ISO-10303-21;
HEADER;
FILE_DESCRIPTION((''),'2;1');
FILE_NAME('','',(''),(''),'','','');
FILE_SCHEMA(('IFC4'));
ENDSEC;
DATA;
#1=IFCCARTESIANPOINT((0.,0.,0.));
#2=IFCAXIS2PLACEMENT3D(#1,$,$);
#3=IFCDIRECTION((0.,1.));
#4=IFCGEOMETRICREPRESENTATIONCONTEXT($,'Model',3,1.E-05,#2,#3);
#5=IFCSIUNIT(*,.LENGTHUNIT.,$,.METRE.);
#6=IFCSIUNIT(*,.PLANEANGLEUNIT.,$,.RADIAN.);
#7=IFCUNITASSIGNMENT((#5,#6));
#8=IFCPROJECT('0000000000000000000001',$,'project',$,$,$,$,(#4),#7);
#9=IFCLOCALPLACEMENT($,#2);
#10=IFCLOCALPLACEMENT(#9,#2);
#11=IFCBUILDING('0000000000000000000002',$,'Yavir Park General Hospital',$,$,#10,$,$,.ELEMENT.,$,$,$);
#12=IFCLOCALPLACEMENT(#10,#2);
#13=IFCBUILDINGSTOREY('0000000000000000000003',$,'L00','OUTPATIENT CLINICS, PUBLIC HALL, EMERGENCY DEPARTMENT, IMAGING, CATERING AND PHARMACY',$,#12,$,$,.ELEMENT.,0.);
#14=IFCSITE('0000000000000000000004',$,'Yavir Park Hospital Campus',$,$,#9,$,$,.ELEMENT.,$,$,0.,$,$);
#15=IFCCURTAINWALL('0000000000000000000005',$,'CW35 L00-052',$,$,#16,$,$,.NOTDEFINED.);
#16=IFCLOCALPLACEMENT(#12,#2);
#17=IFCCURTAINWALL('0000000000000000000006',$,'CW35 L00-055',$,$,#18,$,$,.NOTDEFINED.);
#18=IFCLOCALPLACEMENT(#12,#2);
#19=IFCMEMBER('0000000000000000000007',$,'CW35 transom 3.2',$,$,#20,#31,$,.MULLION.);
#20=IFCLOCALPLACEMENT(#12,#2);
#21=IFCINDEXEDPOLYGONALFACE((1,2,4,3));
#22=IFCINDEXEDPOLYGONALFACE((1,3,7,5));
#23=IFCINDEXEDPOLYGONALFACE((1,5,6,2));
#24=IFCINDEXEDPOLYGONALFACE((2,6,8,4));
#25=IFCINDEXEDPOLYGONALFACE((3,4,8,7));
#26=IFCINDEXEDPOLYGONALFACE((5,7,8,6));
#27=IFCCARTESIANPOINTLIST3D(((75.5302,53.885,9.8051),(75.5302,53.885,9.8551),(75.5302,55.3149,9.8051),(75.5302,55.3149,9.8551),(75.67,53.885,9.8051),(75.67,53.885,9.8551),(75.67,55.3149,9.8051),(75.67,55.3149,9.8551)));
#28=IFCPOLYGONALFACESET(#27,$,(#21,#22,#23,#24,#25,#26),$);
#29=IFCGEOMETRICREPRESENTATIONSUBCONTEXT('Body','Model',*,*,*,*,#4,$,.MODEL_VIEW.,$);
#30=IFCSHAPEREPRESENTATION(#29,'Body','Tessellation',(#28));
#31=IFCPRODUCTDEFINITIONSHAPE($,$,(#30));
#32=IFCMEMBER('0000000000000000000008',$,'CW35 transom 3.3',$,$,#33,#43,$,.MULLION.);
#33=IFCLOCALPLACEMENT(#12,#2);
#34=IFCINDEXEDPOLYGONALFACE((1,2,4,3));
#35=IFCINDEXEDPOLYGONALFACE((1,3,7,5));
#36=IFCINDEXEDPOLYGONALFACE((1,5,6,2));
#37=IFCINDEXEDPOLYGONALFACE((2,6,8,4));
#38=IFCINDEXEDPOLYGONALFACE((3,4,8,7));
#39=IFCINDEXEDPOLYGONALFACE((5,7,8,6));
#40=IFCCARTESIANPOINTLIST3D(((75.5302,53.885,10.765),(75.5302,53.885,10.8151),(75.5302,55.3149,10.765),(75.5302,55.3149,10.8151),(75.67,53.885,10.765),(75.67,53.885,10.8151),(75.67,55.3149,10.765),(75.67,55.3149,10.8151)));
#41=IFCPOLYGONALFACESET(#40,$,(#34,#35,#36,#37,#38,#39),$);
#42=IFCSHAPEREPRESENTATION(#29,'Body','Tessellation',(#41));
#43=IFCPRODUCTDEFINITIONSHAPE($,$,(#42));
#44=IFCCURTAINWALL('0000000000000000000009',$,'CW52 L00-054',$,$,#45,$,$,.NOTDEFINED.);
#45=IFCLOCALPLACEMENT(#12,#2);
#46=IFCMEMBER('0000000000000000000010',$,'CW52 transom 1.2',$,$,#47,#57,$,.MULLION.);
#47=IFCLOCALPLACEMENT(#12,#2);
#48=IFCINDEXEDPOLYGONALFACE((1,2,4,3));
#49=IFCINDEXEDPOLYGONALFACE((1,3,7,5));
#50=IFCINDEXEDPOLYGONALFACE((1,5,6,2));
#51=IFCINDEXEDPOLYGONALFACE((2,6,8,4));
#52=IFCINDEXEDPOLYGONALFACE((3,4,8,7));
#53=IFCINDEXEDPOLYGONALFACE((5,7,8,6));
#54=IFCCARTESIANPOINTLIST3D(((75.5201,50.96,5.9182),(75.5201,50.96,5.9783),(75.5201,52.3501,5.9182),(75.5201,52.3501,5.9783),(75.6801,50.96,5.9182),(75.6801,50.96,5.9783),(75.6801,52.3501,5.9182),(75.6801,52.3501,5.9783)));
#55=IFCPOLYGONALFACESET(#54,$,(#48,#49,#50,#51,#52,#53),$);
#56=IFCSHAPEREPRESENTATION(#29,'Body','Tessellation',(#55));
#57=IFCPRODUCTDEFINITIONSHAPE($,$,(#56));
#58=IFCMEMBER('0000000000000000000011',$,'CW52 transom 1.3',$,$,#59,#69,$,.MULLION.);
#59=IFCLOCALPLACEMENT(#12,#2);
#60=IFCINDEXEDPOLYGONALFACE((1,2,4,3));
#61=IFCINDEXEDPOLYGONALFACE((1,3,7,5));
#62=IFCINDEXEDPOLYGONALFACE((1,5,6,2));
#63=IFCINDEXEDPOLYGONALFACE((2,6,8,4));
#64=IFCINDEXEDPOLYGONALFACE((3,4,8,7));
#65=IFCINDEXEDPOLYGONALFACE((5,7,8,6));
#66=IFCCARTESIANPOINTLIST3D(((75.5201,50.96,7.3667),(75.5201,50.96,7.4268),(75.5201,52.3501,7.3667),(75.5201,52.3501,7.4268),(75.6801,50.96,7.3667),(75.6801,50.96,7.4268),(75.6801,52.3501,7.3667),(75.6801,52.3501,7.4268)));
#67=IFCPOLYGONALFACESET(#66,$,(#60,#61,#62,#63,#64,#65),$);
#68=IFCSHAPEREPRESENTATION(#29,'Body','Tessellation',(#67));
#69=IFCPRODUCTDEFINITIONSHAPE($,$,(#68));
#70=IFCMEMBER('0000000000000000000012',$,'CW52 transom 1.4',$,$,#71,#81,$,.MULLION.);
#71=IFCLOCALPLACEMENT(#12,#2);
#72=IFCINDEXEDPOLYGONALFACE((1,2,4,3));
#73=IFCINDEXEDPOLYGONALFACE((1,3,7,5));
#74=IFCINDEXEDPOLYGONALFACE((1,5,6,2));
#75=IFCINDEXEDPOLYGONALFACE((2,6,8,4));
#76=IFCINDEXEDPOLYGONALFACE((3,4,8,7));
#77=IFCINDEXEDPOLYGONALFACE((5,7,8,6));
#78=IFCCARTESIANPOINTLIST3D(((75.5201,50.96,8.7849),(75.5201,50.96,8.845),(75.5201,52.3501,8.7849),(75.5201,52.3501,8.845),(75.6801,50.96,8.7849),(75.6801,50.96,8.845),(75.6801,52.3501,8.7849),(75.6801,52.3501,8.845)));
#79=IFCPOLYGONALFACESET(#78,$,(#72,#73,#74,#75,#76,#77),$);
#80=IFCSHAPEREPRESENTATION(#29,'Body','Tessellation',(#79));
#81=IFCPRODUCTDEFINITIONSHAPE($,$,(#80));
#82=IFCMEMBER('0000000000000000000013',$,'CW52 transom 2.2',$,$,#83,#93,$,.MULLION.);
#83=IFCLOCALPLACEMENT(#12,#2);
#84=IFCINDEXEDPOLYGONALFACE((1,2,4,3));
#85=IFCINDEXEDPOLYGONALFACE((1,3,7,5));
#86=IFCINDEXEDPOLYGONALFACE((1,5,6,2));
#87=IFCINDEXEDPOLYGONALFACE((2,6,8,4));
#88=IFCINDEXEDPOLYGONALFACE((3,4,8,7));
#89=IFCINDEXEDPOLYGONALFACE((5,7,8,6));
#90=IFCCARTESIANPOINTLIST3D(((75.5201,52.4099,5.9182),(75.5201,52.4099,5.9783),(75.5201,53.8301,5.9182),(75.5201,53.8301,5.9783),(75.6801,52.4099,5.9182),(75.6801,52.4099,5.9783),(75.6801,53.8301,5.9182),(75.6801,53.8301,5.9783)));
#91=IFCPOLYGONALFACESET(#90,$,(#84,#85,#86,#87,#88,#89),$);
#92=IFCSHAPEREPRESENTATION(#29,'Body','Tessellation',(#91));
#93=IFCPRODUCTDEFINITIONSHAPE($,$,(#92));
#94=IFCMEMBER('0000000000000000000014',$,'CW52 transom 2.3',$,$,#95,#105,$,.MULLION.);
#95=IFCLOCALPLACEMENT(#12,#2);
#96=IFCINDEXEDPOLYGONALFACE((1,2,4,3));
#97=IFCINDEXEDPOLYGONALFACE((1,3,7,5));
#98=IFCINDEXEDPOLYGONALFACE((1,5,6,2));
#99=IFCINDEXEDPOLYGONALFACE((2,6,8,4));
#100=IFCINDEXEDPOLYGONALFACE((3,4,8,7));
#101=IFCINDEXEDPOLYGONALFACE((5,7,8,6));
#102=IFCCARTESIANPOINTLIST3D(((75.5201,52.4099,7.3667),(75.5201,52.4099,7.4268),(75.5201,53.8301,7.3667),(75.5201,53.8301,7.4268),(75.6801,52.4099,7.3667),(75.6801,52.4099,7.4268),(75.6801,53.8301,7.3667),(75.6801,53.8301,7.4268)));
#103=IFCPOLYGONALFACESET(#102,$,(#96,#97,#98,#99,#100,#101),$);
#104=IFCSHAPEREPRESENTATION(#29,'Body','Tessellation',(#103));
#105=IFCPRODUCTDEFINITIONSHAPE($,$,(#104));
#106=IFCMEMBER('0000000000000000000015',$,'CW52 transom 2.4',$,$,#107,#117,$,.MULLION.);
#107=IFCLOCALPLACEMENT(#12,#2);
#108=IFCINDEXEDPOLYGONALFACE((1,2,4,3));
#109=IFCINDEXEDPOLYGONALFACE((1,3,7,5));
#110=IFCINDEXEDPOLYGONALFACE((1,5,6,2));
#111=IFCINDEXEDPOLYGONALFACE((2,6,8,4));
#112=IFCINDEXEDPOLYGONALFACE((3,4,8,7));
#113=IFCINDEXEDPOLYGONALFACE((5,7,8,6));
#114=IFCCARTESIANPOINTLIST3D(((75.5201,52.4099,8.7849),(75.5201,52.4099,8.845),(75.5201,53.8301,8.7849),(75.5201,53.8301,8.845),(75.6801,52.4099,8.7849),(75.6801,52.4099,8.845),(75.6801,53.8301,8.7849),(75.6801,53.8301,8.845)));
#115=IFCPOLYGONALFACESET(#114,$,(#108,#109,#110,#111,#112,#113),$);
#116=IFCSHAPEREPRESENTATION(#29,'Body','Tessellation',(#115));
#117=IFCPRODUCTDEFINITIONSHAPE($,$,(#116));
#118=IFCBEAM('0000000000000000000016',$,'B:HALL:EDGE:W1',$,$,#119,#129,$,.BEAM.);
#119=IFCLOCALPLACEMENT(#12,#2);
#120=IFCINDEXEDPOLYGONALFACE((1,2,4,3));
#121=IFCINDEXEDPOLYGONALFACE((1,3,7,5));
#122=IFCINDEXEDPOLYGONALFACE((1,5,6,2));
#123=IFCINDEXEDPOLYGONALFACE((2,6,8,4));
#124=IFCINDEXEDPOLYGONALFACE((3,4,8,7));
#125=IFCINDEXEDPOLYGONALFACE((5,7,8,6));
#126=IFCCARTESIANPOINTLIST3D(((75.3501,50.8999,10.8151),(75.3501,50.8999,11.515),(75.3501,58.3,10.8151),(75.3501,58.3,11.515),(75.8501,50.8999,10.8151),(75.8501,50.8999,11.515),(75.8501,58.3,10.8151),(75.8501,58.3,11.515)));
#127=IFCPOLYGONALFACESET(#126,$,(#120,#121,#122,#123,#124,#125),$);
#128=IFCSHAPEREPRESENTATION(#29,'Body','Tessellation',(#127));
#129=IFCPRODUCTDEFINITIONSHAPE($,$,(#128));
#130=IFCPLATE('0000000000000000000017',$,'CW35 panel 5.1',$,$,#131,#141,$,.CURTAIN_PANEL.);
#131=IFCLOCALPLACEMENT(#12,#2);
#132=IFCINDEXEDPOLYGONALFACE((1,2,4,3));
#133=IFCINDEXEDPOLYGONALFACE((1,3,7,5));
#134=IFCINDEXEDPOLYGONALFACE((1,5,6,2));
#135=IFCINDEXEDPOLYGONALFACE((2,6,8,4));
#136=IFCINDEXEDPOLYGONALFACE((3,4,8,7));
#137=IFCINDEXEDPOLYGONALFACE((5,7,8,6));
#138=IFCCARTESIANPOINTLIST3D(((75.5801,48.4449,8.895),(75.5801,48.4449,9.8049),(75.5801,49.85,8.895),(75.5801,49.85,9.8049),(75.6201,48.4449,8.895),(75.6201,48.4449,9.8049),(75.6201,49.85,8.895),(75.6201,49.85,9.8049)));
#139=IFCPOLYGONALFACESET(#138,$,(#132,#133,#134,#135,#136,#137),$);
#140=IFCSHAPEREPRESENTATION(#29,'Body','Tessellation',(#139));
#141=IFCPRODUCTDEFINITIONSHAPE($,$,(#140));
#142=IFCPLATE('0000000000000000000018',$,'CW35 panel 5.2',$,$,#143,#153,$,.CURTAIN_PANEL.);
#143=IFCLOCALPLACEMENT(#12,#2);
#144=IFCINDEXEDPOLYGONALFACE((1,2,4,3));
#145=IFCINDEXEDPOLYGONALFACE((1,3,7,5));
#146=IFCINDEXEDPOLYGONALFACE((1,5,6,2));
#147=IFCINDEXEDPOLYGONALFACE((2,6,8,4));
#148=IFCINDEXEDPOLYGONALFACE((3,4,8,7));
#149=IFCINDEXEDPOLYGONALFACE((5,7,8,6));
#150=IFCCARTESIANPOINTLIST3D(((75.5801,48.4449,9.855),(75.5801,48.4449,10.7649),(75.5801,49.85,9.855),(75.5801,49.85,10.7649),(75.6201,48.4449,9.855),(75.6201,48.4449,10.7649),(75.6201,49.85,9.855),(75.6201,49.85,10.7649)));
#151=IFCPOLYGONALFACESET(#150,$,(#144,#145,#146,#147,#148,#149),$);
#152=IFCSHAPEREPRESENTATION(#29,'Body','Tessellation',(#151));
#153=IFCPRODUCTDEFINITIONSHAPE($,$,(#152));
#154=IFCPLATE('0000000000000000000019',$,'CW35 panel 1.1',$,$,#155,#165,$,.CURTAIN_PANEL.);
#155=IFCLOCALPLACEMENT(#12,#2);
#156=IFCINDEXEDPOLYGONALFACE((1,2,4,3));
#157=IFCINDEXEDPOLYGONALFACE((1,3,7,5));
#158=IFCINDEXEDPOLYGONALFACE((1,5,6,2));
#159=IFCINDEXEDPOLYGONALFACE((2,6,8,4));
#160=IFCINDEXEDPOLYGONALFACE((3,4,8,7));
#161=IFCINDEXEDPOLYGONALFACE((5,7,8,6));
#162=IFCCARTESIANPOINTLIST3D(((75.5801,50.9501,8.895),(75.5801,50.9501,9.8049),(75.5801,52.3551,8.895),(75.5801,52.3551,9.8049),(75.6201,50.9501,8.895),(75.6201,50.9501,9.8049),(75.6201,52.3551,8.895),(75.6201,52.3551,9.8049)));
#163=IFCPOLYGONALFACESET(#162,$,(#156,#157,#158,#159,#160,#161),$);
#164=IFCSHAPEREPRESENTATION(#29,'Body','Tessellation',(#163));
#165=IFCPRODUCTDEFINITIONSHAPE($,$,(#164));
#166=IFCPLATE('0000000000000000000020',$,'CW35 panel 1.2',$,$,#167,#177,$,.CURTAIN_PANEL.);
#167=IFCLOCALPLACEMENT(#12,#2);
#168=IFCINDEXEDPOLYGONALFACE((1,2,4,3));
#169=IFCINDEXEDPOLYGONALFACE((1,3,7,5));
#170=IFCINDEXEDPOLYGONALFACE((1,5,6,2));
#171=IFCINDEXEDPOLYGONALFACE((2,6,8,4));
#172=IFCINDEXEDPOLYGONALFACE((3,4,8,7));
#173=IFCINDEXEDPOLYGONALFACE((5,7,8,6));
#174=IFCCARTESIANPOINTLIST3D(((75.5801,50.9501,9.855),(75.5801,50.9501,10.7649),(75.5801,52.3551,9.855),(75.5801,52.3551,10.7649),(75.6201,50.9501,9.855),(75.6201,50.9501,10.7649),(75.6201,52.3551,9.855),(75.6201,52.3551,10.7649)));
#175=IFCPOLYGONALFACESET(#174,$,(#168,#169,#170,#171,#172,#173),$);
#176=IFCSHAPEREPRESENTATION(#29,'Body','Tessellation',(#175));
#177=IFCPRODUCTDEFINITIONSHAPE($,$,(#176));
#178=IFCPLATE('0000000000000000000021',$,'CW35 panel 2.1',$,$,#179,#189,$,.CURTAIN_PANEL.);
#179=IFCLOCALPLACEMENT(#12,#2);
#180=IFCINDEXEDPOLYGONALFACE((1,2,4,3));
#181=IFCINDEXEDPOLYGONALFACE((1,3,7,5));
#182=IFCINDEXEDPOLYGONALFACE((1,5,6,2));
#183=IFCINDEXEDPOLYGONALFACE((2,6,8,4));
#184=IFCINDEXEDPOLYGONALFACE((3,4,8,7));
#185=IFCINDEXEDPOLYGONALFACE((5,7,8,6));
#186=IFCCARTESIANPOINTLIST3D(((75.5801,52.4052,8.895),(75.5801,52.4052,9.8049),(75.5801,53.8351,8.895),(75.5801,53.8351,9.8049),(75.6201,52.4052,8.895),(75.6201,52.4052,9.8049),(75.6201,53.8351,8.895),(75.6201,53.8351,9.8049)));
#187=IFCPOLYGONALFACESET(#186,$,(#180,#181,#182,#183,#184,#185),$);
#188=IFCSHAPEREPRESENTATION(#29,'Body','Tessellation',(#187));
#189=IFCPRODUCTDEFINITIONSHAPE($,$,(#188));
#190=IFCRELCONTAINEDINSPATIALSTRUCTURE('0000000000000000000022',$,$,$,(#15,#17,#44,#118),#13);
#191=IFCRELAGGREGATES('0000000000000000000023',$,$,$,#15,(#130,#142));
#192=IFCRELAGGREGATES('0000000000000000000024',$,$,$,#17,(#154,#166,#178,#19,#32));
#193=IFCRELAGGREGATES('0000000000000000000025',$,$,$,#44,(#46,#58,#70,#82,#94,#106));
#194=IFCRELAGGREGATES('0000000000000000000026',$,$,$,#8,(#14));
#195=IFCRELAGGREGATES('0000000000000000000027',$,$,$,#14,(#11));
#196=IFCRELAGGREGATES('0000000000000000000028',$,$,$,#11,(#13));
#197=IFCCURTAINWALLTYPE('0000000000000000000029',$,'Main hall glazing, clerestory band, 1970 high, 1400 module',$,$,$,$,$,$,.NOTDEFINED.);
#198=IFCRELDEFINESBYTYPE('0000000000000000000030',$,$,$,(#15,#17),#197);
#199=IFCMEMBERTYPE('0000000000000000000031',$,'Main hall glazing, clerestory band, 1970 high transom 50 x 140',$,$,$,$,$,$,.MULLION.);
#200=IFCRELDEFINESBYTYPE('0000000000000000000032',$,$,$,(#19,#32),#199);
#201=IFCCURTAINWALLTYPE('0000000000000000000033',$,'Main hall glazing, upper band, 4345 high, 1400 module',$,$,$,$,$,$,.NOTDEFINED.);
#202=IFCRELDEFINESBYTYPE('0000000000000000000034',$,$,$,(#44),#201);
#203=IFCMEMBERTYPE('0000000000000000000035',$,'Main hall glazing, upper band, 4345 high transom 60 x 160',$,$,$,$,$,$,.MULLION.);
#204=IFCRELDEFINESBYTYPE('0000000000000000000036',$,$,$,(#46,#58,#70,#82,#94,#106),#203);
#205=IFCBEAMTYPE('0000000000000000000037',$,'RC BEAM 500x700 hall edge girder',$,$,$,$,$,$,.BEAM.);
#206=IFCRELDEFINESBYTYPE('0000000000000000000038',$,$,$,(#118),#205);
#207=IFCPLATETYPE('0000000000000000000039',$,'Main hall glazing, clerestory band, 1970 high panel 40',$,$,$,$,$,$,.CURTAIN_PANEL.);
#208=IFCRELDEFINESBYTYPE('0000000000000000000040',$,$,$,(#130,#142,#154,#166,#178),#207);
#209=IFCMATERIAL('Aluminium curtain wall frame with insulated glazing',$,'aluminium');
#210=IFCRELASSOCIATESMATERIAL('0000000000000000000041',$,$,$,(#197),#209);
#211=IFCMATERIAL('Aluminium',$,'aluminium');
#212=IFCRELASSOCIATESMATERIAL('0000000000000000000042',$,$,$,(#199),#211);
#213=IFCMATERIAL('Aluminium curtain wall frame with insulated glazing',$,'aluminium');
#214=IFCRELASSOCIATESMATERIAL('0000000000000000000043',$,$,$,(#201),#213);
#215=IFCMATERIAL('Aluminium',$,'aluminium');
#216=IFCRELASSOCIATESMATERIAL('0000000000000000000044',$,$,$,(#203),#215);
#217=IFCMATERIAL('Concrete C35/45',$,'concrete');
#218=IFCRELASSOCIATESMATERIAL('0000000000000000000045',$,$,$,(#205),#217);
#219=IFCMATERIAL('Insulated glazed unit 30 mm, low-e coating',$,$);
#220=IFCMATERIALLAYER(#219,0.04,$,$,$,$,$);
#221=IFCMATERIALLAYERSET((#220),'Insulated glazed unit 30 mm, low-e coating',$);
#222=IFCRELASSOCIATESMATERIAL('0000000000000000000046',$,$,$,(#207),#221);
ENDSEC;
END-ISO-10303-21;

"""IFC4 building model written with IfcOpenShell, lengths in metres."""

from ifc_helpers import new_model, si_unit, direction, frame, origin, origin_2d, place, context, subcontext, project, spatial, rectangle, extrude, material, layer, layer_set, material_profile, profile_set, type_object, element, aggregate, save


model = new_model("IFC4")

# Units and contexts
model_context = context("Model", 3, precision=1e-05, world=origin(), true_north=direction((0.0, 1.0)))
body_context = subcontext(model_context, "Body", "Model", "MODEL_VIEW")
ifc_project = project(units=[si_unit("LENGTHUNIT", "METRE"), si_unit("PLANEANGLEUNIT", "RADIAN")], contexts=[model_context])

# Site, building, storey
site_placement = place(None, origin())
site = spatial("IfcSite", under=ifc_project, at=site_placement, Name="Yavir Park Hospital Campus", CompositionType="ELEMENT", RefElevation=0.0)
building_placement = place(site_placement, origin())
building = spatial("IfcBuilding", under=site, at=building_placement, Name="Yavir Park General Hospital", CompositionType="ELEMENT")
storey_placement = place(building_placement, origin())
storey = spatial("IfcBuildingStorey", under=building, at=storey_placement, Name="L00", Description="OUTPATIENT CLINICS, PUBLIC HALL, EMERGENCY DEPARTMENT, IMAGING, CATERING AND PHARMACY", CompositionType="ELEMENT", Elevation=0.0)

# Curtain wall
ifc_material_1 = material(Name="Aluminium curtain wall frame with insulated glazing", Category="aluminium")
curtain_wall_type_1 = type_object("IfcCurtainWallType", Name="Main hall glazing, clerestory band, 1970 high, 1400 module", PredefinedType="NOTDEFINED", material=ifc_material_1)
curtain_wall_1_placement = place(storey_placement, origin())
curtain_wall_1 = element("IfcCurtainWall", 1, at=curtain_wall_1_placement, inside=storey, type_object=curtain_wall_type_1, Name="CW35 L00-052", PredefinedType="NOTDEFINED")

# Curtain walls, members
curtain_wall_2_placement = place(storey_placement, origin())
curtain_wall_2 = element("IfcCurtainWall", 2, at=curtain_wall_2_placement, inside=storey, type_object=curtain_wall_type_1, Name="CW35 L00-055", PredefinedType="NOTDEFINED")
ifc_material_2 = material(Name="Aluminium", Category="aluminium")
ifc_material_profile_1 = material_profile(ifc_material_2, rectangle(XDim=0.1399, YDim=0.05, at=origin_2d()), Name="AL 140x50")
ifc_profile_set_1 = profile_set([ifc_material_profile_1], Name="Aluminium")
member_type_1 = type_object("IfcMemberType", Name="Main hall glazing, clerestory band, 1970 high transom 50 x 140", PredefinedType="MULLION", material=ifc_profile_set_1)
member_1_placement = place(storey_placement, frame((75.6001, 53.885, 9.8301), z_axis=(0.0, 1.0, 0.0), x_axis=(-1.0, 0.0, 0.0)))
member_1 = element("IfcMember", 3, at=member_1_placement, type_object=member_type_1, Name="CW35 transom 3.2", PredefinedType="MULLION", context=body_context, shape_type="SweptSolid", body=[
    extrude(rectangle(XDim=0.1399, YDim=0.05, at=origin_2d()), origin(), (0.0, 0.0, 1.0), 1.4299),
])
member_2_placement = place(storey_placement, frame((75.6001, 53.885, 10.79), z_axis=(0.0, 1.0, 0.0), x_axis=(-1.0, 0.0, 0.0)))
member_2 = element("IfcMember", 4, at=member_2_placement, type_object=member_type_1, Name="CW35 transom 3.3", PredefinedType="MULLION", context=body_context, shape_type="SweptSolid", body=[
    extrude(rectangle(XDim=0.1399, YDim=0.05, at=origin_2d()), origin(), (0.0, 0.0, 1.0), 1.4299),
])
ifc_material_3 = material(Name="Aluminium curtain wall frame with insulated glazing", Category="aluminium")
curtain_wall_type_2 = type_object("IfcCurtainWallType", Name="Main hall glazing, upper band, 4345 high, 1400 module", PredefinedType="NOTDEFINED", material=ifc_material_3)
curtain_wall_3_placement = place(storey_placement, origin())
curtain_wall_3 = element("IfcCurtainWall", 5, at=curtain_wall_3_placement, inside=storey, type_object=curtain_wall_type_2, Name="CW52 L00-054", PredefinedType="NOTDEFINED")
ifc_material_4 = material(Name="Aluminium", Category="aluminium")
ifc_material_profile_2 = material_profile(ifc_material_4, rectangle(XDim=0.1599, YDim=0.0601, at=origin_2d()), Name="AL 160x60")
ifc_profile_set_2 = profile_set([ifc_material_profile_2], Name="Aluminium")
member_type_2 = type_object("IfcMemberType", Name="Main hall glazing, upper band, 4345 high transom 60 x 160", PredefinedType="MULLION", material=ifc_profile_set_2)
member_3_placement = place(storey_placement, frame((75.6001, 50.96, 5.9482), z_axis=(0.0, 1.0, 0.0), x_axis=(-1.0, 0.0, 0.0)))
member_3 = element("IfcMember", 6, at=member_3_placement, type_object=member_type_2, Name="CW52 transom 1.2", PredefinedType="MULLION", context=body_context, shape_type="SweptSolid", body=[
    extrude(rectangle(XDim=0.1599, YDim=0.0601, at=origin_2d()), origin(), (0.0, 0.0, 1.0), 1.3901),
])
member_4_placement = place(storey_placement, frame((75.6001, 50.96, 7.3967), z_axis=(0.0, 1.0, 0.0), x_axis=(-1.0, 0.0, 0.0)))
member_4 = element("IfcMember", 7, at=member_4_placement, type_object=member_type_2, Name="CW52 transom 1.3", PredefinedType="MULLION", context=body_context, shape_type="SweptSolid", body=[
    extrude(rectangle(XDim=0.1599, YDim=0.0601, at=origin_2d()), origin(), (0.0, 0.0, 1.0), 1.3901),
])
member_5_placement = place(storey_placement, frame((75.6001, 50.96, 8.8149), z_axis=(0.0, 1.0, 0.0), x_axis=(-1.0, 0.0, 0.0)))
member_5 = element("IfcMember", 8, at=member_5_placement, type_object=member_type_2, Name="CW52 transom 1.4", PredefinedType="MULLION", context=body_context, shape_type="SweptSolid", body=[
    extrude(rectangle(XDim=0.1599, YDim=0.0601, at=origin_2d()), origin(), (0.0, 0.0, 1.0), 1.3901),
])
member_6_placement = place(storey_placement, frame((75.6001, 52.4099, 5.9482), z_axis=(0.0, 1.0, 0.0), x_axis=(-1.0, 0.0, 0.0)))
member_6 = element("IfcMember", 9, at=member_6_placement, type_object=member_type_2, Name="CW52 transom 2.2", PredefinedType="MULLION", context=body_context, shape_type="SweptSolid", body=[
    extrude(rectangle(XDim=0.1599, YDim=0.0601, at=origin_2d()), origin(), (0.0, 0.0, 1.0), 1.4202),
])
member_7_placement = place(storey_placement, frame((75.6001, 52.4099, 7.3967), z_axis=(0.0, 1.0, 0.0), x_axis=(-1.0, 0.0, 0.0)))
member_7 = element("IfcMember", 10, at=member_7_placement, type_object=member_type_2, Name="CW52 transom 2.3", PredefinedType="MULLION", context=body_context, shape_type="SweptSolid", body=[
    extrude(rectangle(XDim=0.1599, YDim=0.0601, at=origin_2d()), origin(), (0.0, 0.0, 1.0), 1.4202),
])
member_8_placement = place(storey_placement, frame((75.6001, 52.4099, 8.8149), z_axis=(0.0, 1.0, 0.0), x_axis=(-1.0, 0.0, 0.0)))
member_8 = element("IfcMember", 11, at=member_8_placement, type_object=member_type_2, Name="CW52 transom 2.4", PredefinedType="MULLION", context=body_context, shape_type="SweptSolid", body=[
    extrude(rectangle(XDim=0.1599, YDim=0.0601, at=origin_2d()), origin(), (0.0, 0.0, 1.0), 1.4202),
])

# Beam
ifc_material_5 = material(Name="Concrete C35/45", Category="concrete")
ifc_material_profile_3 = material_profile(ifc_material_5, rectangle(XDim=0.5, YDim=0.7, at=origin_2d()), Name="RC500x700")
ifc_profile_set_3 = profile_set([ifc_material_profile_3], Name="Concrete C35/45")
beam_type_1 = type_object("IfcBeamType", Name="RC BEAM 500x700 hall edge girder", PredefinedType="BEAM", material=ifc_profile_set_3)
beam_1_placement = place(storey_placement, frame((75.6001, 50.8999, 11.165), z_axis=(0.0, 1.0, 0.0), x_axis=(-1.0, 0.0, 0.0)))
element("IfcBeam", 12, at=beam_1_placement, inside=storey, type_object=beam_type_1, Name="B:HALL:EDGE:W1", PredefinedType="BEAM", context=body_context, shape_type="SweptSolid", body=[
    extrude(rectangle(XDim=0.5, YDim=0.7, at=origin_2d()), origin(), (0.0, 0.0, 1.0), 7.4001),
])

# Plates
ifc_material_6 = material(Name="Insulated glazed unit 30 mm, low-e coating")
ifc_layer_1 = layer(ifc_material_6, 0.04)
ifc_layer_set_1 = layer_set([ifc_layer_1], Name="Insulated glazed unit 30 mm, low-e coating")
plate_type_1 = type_object("IfcPlateType", Name="Main hall glazing, clerestory band, 1970 high panel 40", PredefinedType="CURTAIN_PANEL", material=ifc_layer_set_1)
plate_1_placement = place(storey_placement, frame((75.6001, 49.1475, 8.895), z_axis=(0.0, 0.0, 1.0), x_axis=(0.0, 1.0, 0.0)))
plate_1 = element("IfcPlate", 13, at=plate_1_placement, type_object=plate_type_1, Name="CW35 panel 5.1", PredefinedType="CURTAIN_PANEL", context=body_context, shape_type="SweptSolid", body=[
    extrude(rectangle(XDim=1.405, YDim=0.04, at=origin_2d()), origin(), (0.0, 0.0, 1.0), 0.9099),
])
plate_2_placement = place(storey_placement, frame((75.6001, 49.1475, 9.855), z_axis=(0.0, 0.0, 1.0), x_axis=(0.0, 1.0, 0.0)))
plate_2 = element("IfcPlate", 14, at=plate_2_placement, type_object=plate_type_1, Name="CW35 panel 5.2", PredefinedType="CURTAIN_PANEL", context=body_context, shape_type="SweptSolid", body=[
    extrude(rectangle(XDim=1.405, YDim=0.04, at=origin_2d()), origin(), (0.0, 0.0, 1.0), 0.9099),
])
aggregate(curtain_wall_1, [plate_1, plate_2])
plate_3_placement = place(storey_placement, frame((75.6001, 51.6526, 8.895), z_axis=(0.0, 0.0, 1.0), x_axis=(0.0, 1.0, 0.0)))
plate_3 = element("IfcPlate", 15, at=plate_3_placement, type_object=plate_type_1, Name="CW35 panel 1.1", PredefinedType="CURTAIN_PANEL", context=body_context, shape_type="SweptSolid", body=[
    extrude(rectangle(XDim=1.405, YDim=0.04, at=origin_2d()), origin(), (0.0, 0.0, 1.0), 0.9099),
])
plate_4_placement = place(storey_placement, frame((75.6001, 51.6526, 9.855), z_axis=(0.0, 0.0, 1.0), x_axis=(0.0, 1.0, 0.0)))
plate_4 = element("IfcPlate", 16, at=plate_4_placement, type_object=plate_type_1, Name="CW35 panel 1.2", PredefinedType="CURTAIN_PANEL", context=body_context, shape_type="SweptSolid", body=[
    extrude(rectangle(XDim=1.405, YDim=0.04, at=origin_2d()), origin(), (0.0, 0.0, 1.0), 0.9099),
])
plate_5_placement = place(storey_placement, frame((75.6001, 53.1201, 8.895), z_axis=(0.0, 0.0, 1.0), x_axis=(0.0, 1.0, 0.0)))
plate_5 = element("IfcPlate", 17, at=plate_5_placement, type_object=plate_type_1, Name="CW35 panel 2.1", PredefinedType="CURTAIN_PANEL", context=body_context, shape_type="SweptSolid", body=[
    extrude(rectangle(XDim=1.4299, YDim=0.04, at=origin_2d()), origin(), (0.0, 0.0, 1.0), 0.9099),
])
aggregate(curtain_wall_2, [plate_3, plate_4, plate_5, member_1, member_2])
aggregate(curtain_wall_3, [member_3, member_4, member_5, member_6, member_7, member_8])

save(model, "model.ifc")
